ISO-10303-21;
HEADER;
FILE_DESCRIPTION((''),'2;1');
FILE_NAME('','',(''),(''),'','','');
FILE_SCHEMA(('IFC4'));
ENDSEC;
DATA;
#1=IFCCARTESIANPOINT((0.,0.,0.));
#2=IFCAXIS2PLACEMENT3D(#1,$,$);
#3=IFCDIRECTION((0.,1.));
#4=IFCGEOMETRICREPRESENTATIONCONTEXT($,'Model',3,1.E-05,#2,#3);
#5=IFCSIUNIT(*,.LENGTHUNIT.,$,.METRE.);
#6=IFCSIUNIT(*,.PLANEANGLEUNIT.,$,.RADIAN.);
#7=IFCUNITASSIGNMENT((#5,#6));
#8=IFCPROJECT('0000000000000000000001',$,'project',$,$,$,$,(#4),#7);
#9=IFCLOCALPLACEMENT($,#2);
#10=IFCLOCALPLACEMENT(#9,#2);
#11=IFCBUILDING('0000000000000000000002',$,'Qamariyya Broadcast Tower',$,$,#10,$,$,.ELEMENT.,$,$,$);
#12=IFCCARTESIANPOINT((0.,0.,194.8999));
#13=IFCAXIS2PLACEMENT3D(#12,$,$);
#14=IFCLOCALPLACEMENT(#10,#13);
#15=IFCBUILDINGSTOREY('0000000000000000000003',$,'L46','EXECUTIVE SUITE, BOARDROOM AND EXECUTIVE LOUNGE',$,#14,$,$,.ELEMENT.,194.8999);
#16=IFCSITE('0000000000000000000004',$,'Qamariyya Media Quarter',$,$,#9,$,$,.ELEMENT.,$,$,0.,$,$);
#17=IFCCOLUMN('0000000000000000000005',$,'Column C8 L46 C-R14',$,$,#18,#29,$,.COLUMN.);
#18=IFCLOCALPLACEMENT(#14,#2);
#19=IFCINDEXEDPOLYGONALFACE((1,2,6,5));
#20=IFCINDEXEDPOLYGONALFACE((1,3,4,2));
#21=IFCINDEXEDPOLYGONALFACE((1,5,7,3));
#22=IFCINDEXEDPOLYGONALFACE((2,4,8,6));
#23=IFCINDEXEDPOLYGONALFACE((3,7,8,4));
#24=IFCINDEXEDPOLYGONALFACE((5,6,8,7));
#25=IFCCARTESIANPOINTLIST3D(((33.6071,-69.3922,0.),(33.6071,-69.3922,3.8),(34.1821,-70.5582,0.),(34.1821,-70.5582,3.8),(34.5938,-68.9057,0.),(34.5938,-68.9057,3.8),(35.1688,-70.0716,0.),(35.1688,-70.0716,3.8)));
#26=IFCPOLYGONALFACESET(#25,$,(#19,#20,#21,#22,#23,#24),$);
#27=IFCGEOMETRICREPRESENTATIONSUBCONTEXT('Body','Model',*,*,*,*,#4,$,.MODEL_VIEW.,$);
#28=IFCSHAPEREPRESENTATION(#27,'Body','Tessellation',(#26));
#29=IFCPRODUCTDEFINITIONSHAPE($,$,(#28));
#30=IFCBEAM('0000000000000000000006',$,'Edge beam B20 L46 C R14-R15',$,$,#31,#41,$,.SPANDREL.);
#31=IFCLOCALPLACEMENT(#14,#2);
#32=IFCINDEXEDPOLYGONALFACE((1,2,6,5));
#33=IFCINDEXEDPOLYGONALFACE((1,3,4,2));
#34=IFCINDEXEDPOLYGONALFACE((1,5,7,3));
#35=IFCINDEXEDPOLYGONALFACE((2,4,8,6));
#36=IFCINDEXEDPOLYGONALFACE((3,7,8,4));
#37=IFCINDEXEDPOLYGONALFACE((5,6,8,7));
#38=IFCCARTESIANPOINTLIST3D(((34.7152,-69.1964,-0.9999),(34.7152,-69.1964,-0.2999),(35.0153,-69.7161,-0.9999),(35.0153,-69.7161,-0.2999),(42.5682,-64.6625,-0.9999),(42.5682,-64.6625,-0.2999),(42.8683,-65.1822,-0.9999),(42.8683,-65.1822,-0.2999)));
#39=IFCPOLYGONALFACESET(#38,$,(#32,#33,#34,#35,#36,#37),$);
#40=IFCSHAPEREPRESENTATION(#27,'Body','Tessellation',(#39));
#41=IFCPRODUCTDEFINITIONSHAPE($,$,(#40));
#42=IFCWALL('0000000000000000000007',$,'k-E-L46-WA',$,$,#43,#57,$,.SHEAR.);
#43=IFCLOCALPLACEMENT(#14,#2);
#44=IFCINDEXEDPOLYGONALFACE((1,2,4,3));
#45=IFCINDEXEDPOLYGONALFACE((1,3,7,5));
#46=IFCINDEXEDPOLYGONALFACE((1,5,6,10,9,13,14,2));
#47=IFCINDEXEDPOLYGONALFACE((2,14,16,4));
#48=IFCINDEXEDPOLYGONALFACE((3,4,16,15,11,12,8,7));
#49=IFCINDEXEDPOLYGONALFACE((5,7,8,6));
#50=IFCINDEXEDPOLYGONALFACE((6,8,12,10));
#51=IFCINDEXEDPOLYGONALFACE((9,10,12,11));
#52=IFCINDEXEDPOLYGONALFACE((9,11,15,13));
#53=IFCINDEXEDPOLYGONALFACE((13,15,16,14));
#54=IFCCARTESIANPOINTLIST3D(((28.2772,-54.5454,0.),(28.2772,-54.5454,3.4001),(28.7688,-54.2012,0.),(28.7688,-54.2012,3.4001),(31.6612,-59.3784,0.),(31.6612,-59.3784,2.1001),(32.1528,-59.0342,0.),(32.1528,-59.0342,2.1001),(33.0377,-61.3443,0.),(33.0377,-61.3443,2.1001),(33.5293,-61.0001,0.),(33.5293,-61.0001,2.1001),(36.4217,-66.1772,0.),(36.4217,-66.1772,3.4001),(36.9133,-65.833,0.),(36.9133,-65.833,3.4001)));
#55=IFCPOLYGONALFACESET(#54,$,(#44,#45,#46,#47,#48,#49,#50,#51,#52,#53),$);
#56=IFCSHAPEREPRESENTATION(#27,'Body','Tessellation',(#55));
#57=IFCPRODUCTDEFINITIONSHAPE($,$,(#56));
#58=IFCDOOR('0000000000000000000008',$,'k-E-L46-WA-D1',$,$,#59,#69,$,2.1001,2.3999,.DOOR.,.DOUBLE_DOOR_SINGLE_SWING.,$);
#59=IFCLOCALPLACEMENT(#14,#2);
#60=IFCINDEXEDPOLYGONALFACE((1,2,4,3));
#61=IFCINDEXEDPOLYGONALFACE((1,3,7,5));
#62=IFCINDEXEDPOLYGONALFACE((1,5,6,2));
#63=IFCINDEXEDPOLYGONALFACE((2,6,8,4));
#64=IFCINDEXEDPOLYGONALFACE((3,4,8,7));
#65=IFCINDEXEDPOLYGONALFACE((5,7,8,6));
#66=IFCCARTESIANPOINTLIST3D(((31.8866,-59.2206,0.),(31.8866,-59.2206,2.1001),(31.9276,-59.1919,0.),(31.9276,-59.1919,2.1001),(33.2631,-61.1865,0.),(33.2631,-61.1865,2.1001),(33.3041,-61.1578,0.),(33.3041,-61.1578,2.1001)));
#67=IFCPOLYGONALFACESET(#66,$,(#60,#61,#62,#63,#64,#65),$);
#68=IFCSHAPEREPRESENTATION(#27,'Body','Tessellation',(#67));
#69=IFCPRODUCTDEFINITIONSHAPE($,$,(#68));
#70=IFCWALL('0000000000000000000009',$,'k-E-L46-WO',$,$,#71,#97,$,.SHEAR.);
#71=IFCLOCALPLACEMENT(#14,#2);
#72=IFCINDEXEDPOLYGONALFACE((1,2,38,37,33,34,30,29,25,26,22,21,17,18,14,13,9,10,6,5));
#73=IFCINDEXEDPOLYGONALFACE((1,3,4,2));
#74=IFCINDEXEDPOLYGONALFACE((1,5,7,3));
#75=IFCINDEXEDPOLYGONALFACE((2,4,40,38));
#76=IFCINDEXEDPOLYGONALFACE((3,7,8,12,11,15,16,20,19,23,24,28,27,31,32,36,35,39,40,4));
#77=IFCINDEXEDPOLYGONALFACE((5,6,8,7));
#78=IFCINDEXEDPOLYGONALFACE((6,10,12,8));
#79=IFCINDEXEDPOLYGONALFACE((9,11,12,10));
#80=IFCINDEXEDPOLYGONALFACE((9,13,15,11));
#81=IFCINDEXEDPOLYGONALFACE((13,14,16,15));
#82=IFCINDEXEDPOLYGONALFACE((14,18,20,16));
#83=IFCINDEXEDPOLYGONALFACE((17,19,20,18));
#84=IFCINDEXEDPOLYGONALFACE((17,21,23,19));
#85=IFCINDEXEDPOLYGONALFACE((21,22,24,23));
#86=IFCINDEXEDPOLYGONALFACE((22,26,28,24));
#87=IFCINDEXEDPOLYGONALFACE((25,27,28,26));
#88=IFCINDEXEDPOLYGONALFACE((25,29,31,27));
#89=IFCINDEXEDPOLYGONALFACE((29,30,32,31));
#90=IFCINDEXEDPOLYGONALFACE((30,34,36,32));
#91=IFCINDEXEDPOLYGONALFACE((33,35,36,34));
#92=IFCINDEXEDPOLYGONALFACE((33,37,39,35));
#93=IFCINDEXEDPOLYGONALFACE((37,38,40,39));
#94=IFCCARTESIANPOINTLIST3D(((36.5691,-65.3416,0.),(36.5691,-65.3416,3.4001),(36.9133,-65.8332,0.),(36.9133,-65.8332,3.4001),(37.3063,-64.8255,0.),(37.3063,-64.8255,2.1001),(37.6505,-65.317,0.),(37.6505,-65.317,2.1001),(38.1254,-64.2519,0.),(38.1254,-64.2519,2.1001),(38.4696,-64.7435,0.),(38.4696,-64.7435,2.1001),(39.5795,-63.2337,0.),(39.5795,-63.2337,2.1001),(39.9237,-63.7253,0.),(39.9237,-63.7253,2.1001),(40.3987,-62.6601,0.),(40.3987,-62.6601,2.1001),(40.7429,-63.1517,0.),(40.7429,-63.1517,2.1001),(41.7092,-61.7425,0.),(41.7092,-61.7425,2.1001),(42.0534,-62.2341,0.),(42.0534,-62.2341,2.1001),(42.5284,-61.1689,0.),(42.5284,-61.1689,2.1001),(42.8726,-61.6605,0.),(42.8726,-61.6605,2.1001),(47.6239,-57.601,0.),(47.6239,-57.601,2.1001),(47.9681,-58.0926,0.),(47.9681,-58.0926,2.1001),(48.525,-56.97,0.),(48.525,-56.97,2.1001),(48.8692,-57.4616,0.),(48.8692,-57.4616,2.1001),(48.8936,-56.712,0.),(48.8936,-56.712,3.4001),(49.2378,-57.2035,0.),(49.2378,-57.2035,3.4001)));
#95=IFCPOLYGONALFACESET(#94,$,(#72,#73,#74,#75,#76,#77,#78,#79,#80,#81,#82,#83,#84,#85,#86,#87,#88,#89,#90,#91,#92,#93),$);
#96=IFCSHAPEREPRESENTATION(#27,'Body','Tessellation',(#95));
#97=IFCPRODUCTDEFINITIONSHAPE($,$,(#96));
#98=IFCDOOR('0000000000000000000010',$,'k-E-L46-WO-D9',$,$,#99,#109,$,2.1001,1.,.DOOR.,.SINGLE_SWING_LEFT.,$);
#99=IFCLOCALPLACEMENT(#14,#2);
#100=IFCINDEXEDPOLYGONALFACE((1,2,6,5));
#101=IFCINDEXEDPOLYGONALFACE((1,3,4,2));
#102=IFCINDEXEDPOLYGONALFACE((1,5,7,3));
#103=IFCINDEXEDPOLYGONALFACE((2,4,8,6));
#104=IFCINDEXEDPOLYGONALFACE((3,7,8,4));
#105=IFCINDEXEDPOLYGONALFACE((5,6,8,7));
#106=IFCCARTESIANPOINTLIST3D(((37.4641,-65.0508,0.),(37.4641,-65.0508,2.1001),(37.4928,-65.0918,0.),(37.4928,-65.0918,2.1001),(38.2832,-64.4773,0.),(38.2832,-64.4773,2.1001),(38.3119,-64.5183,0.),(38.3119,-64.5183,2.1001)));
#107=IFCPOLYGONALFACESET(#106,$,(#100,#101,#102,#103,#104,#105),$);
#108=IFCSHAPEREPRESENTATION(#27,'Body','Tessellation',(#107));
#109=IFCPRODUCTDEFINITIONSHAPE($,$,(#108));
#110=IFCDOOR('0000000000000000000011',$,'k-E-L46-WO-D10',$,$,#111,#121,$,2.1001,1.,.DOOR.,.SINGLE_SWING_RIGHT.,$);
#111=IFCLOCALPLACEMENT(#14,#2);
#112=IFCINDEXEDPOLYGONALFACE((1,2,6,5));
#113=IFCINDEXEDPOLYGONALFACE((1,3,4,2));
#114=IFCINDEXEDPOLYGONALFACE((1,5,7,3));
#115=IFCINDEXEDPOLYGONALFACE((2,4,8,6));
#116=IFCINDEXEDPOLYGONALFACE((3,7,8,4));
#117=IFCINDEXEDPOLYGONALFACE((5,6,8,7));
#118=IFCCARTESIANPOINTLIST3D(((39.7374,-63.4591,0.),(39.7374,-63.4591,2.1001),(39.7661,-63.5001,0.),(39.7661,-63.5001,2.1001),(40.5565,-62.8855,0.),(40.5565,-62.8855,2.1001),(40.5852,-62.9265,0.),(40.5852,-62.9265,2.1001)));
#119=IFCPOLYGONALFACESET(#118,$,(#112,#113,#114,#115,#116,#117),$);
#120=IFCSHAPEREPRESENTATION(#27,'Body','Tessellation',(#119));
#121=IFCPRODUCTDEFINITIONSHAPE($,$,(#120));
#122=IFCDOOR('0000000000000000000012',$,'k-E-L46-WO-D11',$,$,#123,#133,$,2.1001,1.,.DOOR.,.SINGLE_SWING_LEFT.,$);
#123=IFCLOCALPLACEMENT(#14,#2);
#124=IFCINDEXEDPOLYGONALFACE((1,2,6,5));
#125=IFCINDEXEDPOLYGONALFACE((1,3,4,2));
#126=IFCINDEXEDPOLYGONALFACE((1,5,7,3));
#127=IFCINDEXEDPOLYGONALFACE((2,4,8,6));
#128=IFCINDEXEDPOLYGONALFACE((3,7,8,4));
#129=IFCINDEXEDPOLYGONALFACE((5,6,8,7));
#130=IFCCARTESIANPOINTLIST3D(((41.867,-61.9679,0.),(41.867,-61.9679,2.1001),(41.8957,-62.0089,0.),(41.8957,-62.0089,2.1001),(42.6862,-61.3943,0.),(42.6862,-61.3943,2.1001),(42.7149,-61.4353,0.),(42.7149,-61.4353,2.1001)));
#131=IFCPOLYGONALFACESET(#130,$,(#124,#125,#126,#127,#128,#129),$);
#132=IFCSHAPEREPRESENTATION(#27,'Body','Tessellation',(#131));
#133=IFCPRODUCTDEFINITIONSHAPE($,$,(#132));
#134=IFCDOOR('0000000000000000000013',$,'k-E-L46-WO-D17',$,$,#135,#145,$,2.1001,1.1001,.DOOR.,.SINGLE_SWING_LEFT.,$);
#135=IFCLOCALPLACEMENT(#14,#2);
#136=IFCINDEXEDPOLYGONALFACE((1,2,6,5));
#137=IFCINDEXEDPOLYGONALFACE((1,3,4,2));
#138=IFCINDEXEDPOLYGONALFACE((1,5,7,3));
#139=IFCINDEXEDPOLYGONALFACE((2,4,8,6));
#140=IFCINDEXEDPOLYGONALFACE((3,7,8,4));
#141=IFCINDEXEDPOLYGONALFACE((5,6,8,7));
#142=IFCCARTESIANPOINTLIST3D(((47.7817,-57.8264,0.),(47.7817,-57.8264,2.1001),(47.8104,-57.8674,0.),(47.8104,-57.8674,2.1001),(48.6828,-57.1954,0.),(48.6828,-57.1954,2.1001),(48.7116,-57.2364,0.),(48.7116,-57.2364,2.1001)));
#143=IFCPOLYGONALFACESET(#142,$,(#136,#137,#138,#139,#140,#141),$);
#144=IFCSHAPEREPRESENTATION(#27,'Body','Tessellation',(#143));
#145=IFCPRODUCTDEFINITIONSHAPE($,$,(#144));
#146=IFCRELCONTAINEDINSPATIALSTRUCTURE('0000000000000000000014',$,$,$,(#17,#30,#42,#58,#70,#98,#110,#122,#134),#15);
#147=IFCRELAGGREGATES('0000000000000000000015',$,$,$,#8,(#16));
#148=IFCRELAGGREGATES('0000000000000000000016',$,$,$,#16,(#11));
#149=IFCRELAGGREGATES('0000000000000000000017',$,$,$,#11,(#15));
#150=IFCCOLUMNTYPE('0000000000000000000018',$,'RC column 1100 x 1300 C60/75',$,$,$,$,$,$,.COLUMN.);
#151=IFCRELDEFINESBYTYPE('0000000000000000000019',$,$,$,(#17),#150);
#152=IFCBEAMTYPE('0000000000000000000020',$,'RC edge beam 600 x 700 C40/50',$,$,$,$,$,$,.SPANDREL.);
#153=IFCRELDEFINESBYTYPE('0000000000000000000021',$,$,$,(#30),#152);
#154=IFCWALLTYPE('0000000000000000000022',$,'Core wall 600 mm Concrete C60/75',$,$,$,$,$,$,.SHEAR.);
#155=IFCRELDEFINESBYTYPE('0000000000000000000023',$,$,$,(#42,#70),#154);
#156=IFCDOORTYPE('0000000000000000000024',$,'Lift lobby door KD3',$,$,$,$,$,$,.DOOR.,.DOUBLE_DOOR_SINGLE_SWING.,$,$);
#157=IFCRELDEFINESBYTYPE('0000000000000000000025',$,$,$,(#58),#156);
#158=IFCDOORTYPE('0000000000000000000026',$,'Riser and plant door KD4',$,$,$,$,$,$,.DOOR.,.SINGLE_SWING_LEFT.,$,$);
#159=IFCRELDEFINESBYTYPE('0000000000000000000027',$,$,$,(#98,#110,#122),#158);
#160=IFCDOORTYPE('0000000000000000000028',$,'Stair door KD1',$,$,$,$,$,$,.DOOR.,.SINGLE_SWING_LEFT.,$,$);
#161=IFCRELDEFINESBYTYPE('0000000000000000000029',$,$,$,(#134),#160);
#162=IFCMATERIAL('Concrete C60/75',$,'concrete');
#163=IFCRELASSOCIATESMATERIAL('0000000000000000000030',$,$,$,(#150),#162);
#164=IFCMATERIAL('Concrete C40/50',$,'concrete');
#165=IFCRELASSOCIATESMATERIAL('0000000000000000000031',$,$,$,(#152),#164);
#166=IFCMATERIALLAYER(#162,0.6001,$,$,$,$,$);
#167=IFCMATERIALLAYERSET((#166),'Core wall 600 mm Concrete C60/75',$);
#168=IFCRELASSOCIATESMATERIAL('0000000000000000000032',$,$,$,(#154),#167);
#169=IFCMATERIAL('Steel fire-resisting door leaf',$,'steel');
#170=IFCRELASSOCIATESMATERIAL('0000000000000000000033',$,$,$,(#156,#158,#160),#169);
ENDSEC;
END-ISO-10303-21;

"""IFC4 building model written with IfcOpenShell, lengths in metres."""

from ifc_helpers import new_model, si_unit, direction, frame, frame_2d, origin, origin_2d, place, context, subcontext, project, spatial, rectangle, extrude, material, layer, layer_set, material_profile, profile_set, type_object, element, fill, save


model = new_model("IFC4")

# Units and contexts
model_context = context("Model", 3, precision=1e-05, world=origin(), true_north=direction((0.0, 1.0)))
body_context = subcontext(model_context, "Body", "Model", "MODEL_VIEW")
ifc_project = project(units=[si_unit("LENGTHUNIT", "METRE"), si_unit("PLANEANGLEUNIT", "RADIAN")], contexts=[model_context])

# Site, building, storey
site_placement = place(None, origin())
site = spatial("IfcSite", under=ifc_project, at=site_placement, Name="Qamariyya Media Quarter", CompositionType="ELEMENT", RefElevation=0.0)
building_placement = place(site_placement, origin())
building = spatial("IfcBuilding", under=site, at=building_placement, Name="Qamariyya Broadcast Tower", CompositionType="ELEMENT")
storey_placement = place(building_placement, frame((0.0, 0.0, 194.8999)))
storey = spatial("IfcBuildingStorey", under=building, at=storey_placement, Name="L46", Description="EXECUTIVE SUITE, BOARDROOM AND EXECUTIVE LOUNGE", CompositionType="ELEMENT", Elevation=194.8999)

# Column
ifc_material_1 = material(Name="Concrete C60/75", Category="concrete")
ifc_material_profile_1 = material_profile(ifc_material_1, rectangle(XDim=1.1001, YDim=1.3, at=origin_2d()))
ifc_profile_set_1 = profile_set([ifc_material_profile_1], Name="Concrete C60/75")
column_type = type_object("IfcColumnType", Name="RC column 1100 x 1300 C60/75", PredefinedType="COLUMN", material=ifc_profile_set_1)
column_placement = place(storey_placement, frame((34.3879, -69.7319, 0.0), z_axis=(0.0, 0.0, 1.0), x_axis=(0.896873, 0.442289, 0.0)))
element("IfcColumn", 1, at=column_placement, inside=storey, type_object=column_type, Name="Column C8 L46 C-R14", PredefinedType="COLUMN", context=body_context, shape_type="SweptSolid", body=[
    extrude(rectangle(XDim=1.1001, YDim=1.3, at=origin_2d()), origin(), (0.0, 0.0, 1.0), 3.8),
])

# Beam
ifc_material_2 = material(Name="Concrete C40/50", Category="concrete")
ifc_material_profile_2 = material_profile(ifc_material_2, rectangle(XDim=0.6001, YDim=0.7, at=origin_2d()))
ifc_profile_set_2 = profile_set([ifc_material_profile_2], Name="Concrete C40/50")
beam_type = type_object("IfcBeamType", Name="RC edge beam 600 x 700 C40/50", PredefinedType="SPANDREL", material=ifc_profile_set_2)
beam_placement = place(storey_placement, frame((34.8652, -69.4563, -0.6499), z_axis=(0.866026, 0.499999, 0.0), x_axis=(-0.499999, 0.866026, 0.0)))
element("IfcBeam", 2, at=beam_placement, inside=storey, type_object=beam_type, Name="Edge beam B20 L46 C R14-R15", PredefinedType="SPANDREL", context=body_context, shape_type="SweptSolid", body=[
    extrude(rectangle(XDim=0.6001, YDim=0.7, at=origin_2d()), origin(), (0.0, 0.0, 1.0), 9.0679),
])

# Wall, opening, door
ifc_layer_1 = layer(ifc_material_1, 0.6001)
ifc_layer_set_1 = layer_set([ifc_layer_1], Name="Core wall 600 mm Concrete C60/75")
wall_type_1 = type_object("IfcWallType", Name="Core wall 600 mm Concrete C60/75", PredefinedType="SHEAR", material=ifc_layer_set_1)
wall_1_placement = place(storey_placement, frame((36.6675, -66.0051, 0.0), z_axis=(0.0, 0.0, 1.0), x_axis=(-0.573568, 0.819158, 0.0)))
wall_1 = element("IfcWall", 3, at=wall_1_placement, inside=storey, type_object=wall_type_1, Name="k-E-L46-WA", PredefinedType="SHEAR", context=body_context, shape_type="SweptSolid", body=[
    extrude(rectangle(XDim=14.1997, YDim=0.6001, at=frame_2d((7.0999, 0.0))), origin(), (0.0, 0.0, 1.0), 3.4001),
])
opening_1_placement = place(wall_1_placement, frame((5.8999, 0.0, 0.0)))
opening_1 = element("IfcOpeningElement", 4, at=opening_1_placement, cuts=wall_1, PredefinedType="OPENING", context=body_context, shape_type="SweptSolid", body=[
    extrude(rectangle(XDim=2.3999, YDim=2.1001, at=frame_2d((1.2, 1.05))), frame((0.0, 0.3101, 0.0), z_axis=(0.0, -1.0, 0.0), x_axis=(1.0, 0.0, 0.0)), (0.0, 0.0, 1.0), 0.6201),
])
ifc_material_3 = material(Name="Steel fire-resisting door leaf", Category="steel")
door_type_1 = type_object("IfcDoorType", Name="Lift lobby door KD3", OperationType="DOUBLE_DOOR_SINGLE_SWING", PredefinedType="DOOR", material=ifc_material_3)
door_1_placement = place(opening_1_placement, origin())
door_1 = element("IfcDoor", 5, at=door_1_placement, inside=storey, type_object=door_type_1, Name="k-E-L46-WA-D1", OperationType="DOUBLE_DOOR_SINGLE_SWING", OverallHeight=2.1001, OverallWidth=2.3999, PredefinedType="DOOR", context=body_context, shape_type="SweptSolid", body=[
    extrude(rectangle(XDim=2.3999, YDim=2.1001, at=frame_2d((1.2, 1.05))), frame((0.0, 0.0249, 0.0), z_axis=(0.0, -1.0, 0.0), x_axis=(1.0, 0.0, 0.0)), (0.0, 0.0, 1.0), 0.05),
])
fill(opening_1, door_1)

# Wall, openings, doors
wall_2_placement = place(storey_placement, frame((36.7412, -65.5874, 0.0), z_axis=(0.0, 0.0, 1.0), x_axis=(0.819153, 0.573575, 0.0)))
wall_2 = element("IfcWall", 6, at=wall_2_placement, inside=storey, type_object=wall_type_1, Name="k-E-L46-WO", PredefinedType="SHEAR", context=body_context, shape_type="SweptSolid", body=[
    extrude(rectangle(XDim=15.0454, YDim=0.6001, at=frame_2d((7.5227, 0.0))), origin(), (0.0, 0.0, 1.0), 3.4001),
])
opening_2_placement = place(wall_2_placement, frame((0.8999, 0.0, 0.0)))
opening_2 = element("IfcOpeningElement", 7, at=opening_2_placement, cuts=wall_2, PredefinedType="OPENING", context=body_context, shape_type="SweptSolid", body=[
    extrude(rectangle(XDim=1.0, YDim=2.1001, at=frame_2d((0.5, 1.05))), frame((0.0, 0.3101, 0.0), z_axis=(0.0, -1.0, 0.0), x_axis=(1.0, 0.0, 0.0)), (0.0, 0.0, 1.0), 0.6201),
])
opening_3_placement = place(wall_2_placement, frame((3.675, 0.0, 0.0)))
opening_3 = element("IfcOpeningElement", 8, at=opening_3_placement, cuts=wall_2, PredefinedType="OPENING", context=body_context, shape_type="SweptSolid", body=[
    extrude(rectangle(XDim=1.0, YDim=2.1001, at=frame_2d((0.5, 1.05))), frame((0.0, 0.3101, 0.0), z_axis=(0.0, -1.0, 0.0), x_axis=(1.0, 0.0, 0.0)), (0.0, 0.0, 1.0), 0.6201),
])
opening_4_placement = place(wall_2_placement, frame((6.2749, 0.0, 0.0)))
opening_4 = element("IfcOpeningElement", 9, at=opening_4_placement, cuts=wall_2, PredefinedType="OPENING", context=body_context, shape_type="SweptSolid", body=[
    extrude(rectangle(XDim=1.0, YDim=2.1001, at=frame_2d((0.5, 1.05))), frame((0.0, 0.3101, 0.0), z_axis=(0.0, -1.0, 0.0), x_axis=(1.0, 0.0, 0.0)), (0.0, 0.0, 1.0), 0.6201),
])
opening_5_placement = place(wall_2_placement, frame((13.4954, 0.0, 0.0)))
opening_5 = element("IfcOpeningElement", 10, at=opening_5_placement, cuts=wall_2, PredefinedType="OPENING", context=body_context, shape_type="SweptSolid", body=[
    extrude(rectangle(XDim=1.1001, YDim=2.1001, at=frame_2d((0.55, 1.05))), frame((0.0, 0.3101, 0.0), z_axis=(0.0, -1.0, 0.0), x_axis=(1.0, 0.0, 0.0)), (0.0, 0.0, 1.0), 0.6201),
])
door_type_2 = type_object("IfcDoorType", Name="Riser and plant door KD4", OperationType="SINGLE_SWING_LEFT", PredefinedType="DOOR", material=ifc_material_3)
door_2_placement = place(opening_2_placement, origin())
door_2 = element("IfcDoor", 11, at=door_2_placement, inside=storey, type_object=door_type_2, Name="k-E-L46-WO-D9", OperationType="SINGLE_SWING_LEFT", OverallHeight=2.1001, OverallWidth=1.0, PredefinedType="DOOR", context=body_context, shape_type="SweptSolid", body=[
    extrude(rectangle(XDim=1.0, YDim=2.1001, at=frame_2d((0.5, 1.05))), frame((0.0, 0.0249, 0.0), z_axis=(0.0, -1.0, 0.0), x_axis=(1.0, 0.0, 0.0)), (0.0, 0.0, 1.0), 0.05),
])
fill(opening_2, door_2)
door_3_placement = place(opening_3_placement, origin())
door_3 = element("IfcDoor", 12, at=door_3_placement, inside=storey, type_object=door_type_2, Name="k-E-L46-WO-D10", OperationType="SINGLE_SWING_RIGHT", OverallHeight=2.1001, OverallWidth=1.0, PredefinedType="DOOR", context=body_context, shape_type="SweptSolid", body=[
    extrude(rectangle(XDim=1.0, YDim=2.1001, at=frame_2d((0.5, 1.05))), frame((0.0, 0.0249, 0.0), z_axis=(0.0, -1.0, 0.0), x_axis=(1.0, 0.0, 0.0)), (0.0, 0.0, 1.0), 0.05),
])
fill(opening_3, door_3)
door_4_placement = place(opening_4_placement, origin())
door_4 = element("IfcDoor", 13, at=door_4_placement, inside=storey, type_object=door_type_2, Name="k-E-L46-WO-D11", OperationType="SINGLE_SWING_LEFT", OverallHeight=2.1001, OverallWidth=1.0, PredefinedType="DOOR", context=body_context, shape_type="SweptSolid", body=[
    extrude(rectangle(XDim=1.0, YDim=2.1001, at=frame_2d((0.5, 1.05))), frame((0.0, 0.0249, 0.0), z_axis=(0.0, -1.0, 0.0), x_axis=(1.0, 0.0, 0.0)), (0.0, 0.0, 1.0), 0.05),
])
fill(opening_4, door_4)
door_type_3 = type_object("IfcDoorType", Name="Stair door KD1", OperationType="SINGLE_SWING_LEFT", PredefinedType="DOOR", material=ifc_material_3)
door_5_placement = place(opening_5_placement, origin())
door_5 = element("IfcDoor", 14, at=door_5_placement, inside=storey, type_object=door_type_3, Name="k-E-L46-WO-D17", OperationType="SINGLE_SWING_LEFT", OverallHeight=2.1001, OverallWidth=1.1001, PredefinedType="DOOR", context=body_context, shape_type="SweptSolid", body=[
    extrude(rectangle(XDim=1.1001, YDim=2.1001, at=frame_2d((0.55, 1.05))), frame((0.0, 0.0249, 0.0), z_axis=(0.0, -1.0, 0.0), x_axis=(1.0, 0.0, 0.0)), (0.0, 0.0, 1.0), 0.05),
])
fill(opening_5, door_5)

save(model, "model.ifc")
